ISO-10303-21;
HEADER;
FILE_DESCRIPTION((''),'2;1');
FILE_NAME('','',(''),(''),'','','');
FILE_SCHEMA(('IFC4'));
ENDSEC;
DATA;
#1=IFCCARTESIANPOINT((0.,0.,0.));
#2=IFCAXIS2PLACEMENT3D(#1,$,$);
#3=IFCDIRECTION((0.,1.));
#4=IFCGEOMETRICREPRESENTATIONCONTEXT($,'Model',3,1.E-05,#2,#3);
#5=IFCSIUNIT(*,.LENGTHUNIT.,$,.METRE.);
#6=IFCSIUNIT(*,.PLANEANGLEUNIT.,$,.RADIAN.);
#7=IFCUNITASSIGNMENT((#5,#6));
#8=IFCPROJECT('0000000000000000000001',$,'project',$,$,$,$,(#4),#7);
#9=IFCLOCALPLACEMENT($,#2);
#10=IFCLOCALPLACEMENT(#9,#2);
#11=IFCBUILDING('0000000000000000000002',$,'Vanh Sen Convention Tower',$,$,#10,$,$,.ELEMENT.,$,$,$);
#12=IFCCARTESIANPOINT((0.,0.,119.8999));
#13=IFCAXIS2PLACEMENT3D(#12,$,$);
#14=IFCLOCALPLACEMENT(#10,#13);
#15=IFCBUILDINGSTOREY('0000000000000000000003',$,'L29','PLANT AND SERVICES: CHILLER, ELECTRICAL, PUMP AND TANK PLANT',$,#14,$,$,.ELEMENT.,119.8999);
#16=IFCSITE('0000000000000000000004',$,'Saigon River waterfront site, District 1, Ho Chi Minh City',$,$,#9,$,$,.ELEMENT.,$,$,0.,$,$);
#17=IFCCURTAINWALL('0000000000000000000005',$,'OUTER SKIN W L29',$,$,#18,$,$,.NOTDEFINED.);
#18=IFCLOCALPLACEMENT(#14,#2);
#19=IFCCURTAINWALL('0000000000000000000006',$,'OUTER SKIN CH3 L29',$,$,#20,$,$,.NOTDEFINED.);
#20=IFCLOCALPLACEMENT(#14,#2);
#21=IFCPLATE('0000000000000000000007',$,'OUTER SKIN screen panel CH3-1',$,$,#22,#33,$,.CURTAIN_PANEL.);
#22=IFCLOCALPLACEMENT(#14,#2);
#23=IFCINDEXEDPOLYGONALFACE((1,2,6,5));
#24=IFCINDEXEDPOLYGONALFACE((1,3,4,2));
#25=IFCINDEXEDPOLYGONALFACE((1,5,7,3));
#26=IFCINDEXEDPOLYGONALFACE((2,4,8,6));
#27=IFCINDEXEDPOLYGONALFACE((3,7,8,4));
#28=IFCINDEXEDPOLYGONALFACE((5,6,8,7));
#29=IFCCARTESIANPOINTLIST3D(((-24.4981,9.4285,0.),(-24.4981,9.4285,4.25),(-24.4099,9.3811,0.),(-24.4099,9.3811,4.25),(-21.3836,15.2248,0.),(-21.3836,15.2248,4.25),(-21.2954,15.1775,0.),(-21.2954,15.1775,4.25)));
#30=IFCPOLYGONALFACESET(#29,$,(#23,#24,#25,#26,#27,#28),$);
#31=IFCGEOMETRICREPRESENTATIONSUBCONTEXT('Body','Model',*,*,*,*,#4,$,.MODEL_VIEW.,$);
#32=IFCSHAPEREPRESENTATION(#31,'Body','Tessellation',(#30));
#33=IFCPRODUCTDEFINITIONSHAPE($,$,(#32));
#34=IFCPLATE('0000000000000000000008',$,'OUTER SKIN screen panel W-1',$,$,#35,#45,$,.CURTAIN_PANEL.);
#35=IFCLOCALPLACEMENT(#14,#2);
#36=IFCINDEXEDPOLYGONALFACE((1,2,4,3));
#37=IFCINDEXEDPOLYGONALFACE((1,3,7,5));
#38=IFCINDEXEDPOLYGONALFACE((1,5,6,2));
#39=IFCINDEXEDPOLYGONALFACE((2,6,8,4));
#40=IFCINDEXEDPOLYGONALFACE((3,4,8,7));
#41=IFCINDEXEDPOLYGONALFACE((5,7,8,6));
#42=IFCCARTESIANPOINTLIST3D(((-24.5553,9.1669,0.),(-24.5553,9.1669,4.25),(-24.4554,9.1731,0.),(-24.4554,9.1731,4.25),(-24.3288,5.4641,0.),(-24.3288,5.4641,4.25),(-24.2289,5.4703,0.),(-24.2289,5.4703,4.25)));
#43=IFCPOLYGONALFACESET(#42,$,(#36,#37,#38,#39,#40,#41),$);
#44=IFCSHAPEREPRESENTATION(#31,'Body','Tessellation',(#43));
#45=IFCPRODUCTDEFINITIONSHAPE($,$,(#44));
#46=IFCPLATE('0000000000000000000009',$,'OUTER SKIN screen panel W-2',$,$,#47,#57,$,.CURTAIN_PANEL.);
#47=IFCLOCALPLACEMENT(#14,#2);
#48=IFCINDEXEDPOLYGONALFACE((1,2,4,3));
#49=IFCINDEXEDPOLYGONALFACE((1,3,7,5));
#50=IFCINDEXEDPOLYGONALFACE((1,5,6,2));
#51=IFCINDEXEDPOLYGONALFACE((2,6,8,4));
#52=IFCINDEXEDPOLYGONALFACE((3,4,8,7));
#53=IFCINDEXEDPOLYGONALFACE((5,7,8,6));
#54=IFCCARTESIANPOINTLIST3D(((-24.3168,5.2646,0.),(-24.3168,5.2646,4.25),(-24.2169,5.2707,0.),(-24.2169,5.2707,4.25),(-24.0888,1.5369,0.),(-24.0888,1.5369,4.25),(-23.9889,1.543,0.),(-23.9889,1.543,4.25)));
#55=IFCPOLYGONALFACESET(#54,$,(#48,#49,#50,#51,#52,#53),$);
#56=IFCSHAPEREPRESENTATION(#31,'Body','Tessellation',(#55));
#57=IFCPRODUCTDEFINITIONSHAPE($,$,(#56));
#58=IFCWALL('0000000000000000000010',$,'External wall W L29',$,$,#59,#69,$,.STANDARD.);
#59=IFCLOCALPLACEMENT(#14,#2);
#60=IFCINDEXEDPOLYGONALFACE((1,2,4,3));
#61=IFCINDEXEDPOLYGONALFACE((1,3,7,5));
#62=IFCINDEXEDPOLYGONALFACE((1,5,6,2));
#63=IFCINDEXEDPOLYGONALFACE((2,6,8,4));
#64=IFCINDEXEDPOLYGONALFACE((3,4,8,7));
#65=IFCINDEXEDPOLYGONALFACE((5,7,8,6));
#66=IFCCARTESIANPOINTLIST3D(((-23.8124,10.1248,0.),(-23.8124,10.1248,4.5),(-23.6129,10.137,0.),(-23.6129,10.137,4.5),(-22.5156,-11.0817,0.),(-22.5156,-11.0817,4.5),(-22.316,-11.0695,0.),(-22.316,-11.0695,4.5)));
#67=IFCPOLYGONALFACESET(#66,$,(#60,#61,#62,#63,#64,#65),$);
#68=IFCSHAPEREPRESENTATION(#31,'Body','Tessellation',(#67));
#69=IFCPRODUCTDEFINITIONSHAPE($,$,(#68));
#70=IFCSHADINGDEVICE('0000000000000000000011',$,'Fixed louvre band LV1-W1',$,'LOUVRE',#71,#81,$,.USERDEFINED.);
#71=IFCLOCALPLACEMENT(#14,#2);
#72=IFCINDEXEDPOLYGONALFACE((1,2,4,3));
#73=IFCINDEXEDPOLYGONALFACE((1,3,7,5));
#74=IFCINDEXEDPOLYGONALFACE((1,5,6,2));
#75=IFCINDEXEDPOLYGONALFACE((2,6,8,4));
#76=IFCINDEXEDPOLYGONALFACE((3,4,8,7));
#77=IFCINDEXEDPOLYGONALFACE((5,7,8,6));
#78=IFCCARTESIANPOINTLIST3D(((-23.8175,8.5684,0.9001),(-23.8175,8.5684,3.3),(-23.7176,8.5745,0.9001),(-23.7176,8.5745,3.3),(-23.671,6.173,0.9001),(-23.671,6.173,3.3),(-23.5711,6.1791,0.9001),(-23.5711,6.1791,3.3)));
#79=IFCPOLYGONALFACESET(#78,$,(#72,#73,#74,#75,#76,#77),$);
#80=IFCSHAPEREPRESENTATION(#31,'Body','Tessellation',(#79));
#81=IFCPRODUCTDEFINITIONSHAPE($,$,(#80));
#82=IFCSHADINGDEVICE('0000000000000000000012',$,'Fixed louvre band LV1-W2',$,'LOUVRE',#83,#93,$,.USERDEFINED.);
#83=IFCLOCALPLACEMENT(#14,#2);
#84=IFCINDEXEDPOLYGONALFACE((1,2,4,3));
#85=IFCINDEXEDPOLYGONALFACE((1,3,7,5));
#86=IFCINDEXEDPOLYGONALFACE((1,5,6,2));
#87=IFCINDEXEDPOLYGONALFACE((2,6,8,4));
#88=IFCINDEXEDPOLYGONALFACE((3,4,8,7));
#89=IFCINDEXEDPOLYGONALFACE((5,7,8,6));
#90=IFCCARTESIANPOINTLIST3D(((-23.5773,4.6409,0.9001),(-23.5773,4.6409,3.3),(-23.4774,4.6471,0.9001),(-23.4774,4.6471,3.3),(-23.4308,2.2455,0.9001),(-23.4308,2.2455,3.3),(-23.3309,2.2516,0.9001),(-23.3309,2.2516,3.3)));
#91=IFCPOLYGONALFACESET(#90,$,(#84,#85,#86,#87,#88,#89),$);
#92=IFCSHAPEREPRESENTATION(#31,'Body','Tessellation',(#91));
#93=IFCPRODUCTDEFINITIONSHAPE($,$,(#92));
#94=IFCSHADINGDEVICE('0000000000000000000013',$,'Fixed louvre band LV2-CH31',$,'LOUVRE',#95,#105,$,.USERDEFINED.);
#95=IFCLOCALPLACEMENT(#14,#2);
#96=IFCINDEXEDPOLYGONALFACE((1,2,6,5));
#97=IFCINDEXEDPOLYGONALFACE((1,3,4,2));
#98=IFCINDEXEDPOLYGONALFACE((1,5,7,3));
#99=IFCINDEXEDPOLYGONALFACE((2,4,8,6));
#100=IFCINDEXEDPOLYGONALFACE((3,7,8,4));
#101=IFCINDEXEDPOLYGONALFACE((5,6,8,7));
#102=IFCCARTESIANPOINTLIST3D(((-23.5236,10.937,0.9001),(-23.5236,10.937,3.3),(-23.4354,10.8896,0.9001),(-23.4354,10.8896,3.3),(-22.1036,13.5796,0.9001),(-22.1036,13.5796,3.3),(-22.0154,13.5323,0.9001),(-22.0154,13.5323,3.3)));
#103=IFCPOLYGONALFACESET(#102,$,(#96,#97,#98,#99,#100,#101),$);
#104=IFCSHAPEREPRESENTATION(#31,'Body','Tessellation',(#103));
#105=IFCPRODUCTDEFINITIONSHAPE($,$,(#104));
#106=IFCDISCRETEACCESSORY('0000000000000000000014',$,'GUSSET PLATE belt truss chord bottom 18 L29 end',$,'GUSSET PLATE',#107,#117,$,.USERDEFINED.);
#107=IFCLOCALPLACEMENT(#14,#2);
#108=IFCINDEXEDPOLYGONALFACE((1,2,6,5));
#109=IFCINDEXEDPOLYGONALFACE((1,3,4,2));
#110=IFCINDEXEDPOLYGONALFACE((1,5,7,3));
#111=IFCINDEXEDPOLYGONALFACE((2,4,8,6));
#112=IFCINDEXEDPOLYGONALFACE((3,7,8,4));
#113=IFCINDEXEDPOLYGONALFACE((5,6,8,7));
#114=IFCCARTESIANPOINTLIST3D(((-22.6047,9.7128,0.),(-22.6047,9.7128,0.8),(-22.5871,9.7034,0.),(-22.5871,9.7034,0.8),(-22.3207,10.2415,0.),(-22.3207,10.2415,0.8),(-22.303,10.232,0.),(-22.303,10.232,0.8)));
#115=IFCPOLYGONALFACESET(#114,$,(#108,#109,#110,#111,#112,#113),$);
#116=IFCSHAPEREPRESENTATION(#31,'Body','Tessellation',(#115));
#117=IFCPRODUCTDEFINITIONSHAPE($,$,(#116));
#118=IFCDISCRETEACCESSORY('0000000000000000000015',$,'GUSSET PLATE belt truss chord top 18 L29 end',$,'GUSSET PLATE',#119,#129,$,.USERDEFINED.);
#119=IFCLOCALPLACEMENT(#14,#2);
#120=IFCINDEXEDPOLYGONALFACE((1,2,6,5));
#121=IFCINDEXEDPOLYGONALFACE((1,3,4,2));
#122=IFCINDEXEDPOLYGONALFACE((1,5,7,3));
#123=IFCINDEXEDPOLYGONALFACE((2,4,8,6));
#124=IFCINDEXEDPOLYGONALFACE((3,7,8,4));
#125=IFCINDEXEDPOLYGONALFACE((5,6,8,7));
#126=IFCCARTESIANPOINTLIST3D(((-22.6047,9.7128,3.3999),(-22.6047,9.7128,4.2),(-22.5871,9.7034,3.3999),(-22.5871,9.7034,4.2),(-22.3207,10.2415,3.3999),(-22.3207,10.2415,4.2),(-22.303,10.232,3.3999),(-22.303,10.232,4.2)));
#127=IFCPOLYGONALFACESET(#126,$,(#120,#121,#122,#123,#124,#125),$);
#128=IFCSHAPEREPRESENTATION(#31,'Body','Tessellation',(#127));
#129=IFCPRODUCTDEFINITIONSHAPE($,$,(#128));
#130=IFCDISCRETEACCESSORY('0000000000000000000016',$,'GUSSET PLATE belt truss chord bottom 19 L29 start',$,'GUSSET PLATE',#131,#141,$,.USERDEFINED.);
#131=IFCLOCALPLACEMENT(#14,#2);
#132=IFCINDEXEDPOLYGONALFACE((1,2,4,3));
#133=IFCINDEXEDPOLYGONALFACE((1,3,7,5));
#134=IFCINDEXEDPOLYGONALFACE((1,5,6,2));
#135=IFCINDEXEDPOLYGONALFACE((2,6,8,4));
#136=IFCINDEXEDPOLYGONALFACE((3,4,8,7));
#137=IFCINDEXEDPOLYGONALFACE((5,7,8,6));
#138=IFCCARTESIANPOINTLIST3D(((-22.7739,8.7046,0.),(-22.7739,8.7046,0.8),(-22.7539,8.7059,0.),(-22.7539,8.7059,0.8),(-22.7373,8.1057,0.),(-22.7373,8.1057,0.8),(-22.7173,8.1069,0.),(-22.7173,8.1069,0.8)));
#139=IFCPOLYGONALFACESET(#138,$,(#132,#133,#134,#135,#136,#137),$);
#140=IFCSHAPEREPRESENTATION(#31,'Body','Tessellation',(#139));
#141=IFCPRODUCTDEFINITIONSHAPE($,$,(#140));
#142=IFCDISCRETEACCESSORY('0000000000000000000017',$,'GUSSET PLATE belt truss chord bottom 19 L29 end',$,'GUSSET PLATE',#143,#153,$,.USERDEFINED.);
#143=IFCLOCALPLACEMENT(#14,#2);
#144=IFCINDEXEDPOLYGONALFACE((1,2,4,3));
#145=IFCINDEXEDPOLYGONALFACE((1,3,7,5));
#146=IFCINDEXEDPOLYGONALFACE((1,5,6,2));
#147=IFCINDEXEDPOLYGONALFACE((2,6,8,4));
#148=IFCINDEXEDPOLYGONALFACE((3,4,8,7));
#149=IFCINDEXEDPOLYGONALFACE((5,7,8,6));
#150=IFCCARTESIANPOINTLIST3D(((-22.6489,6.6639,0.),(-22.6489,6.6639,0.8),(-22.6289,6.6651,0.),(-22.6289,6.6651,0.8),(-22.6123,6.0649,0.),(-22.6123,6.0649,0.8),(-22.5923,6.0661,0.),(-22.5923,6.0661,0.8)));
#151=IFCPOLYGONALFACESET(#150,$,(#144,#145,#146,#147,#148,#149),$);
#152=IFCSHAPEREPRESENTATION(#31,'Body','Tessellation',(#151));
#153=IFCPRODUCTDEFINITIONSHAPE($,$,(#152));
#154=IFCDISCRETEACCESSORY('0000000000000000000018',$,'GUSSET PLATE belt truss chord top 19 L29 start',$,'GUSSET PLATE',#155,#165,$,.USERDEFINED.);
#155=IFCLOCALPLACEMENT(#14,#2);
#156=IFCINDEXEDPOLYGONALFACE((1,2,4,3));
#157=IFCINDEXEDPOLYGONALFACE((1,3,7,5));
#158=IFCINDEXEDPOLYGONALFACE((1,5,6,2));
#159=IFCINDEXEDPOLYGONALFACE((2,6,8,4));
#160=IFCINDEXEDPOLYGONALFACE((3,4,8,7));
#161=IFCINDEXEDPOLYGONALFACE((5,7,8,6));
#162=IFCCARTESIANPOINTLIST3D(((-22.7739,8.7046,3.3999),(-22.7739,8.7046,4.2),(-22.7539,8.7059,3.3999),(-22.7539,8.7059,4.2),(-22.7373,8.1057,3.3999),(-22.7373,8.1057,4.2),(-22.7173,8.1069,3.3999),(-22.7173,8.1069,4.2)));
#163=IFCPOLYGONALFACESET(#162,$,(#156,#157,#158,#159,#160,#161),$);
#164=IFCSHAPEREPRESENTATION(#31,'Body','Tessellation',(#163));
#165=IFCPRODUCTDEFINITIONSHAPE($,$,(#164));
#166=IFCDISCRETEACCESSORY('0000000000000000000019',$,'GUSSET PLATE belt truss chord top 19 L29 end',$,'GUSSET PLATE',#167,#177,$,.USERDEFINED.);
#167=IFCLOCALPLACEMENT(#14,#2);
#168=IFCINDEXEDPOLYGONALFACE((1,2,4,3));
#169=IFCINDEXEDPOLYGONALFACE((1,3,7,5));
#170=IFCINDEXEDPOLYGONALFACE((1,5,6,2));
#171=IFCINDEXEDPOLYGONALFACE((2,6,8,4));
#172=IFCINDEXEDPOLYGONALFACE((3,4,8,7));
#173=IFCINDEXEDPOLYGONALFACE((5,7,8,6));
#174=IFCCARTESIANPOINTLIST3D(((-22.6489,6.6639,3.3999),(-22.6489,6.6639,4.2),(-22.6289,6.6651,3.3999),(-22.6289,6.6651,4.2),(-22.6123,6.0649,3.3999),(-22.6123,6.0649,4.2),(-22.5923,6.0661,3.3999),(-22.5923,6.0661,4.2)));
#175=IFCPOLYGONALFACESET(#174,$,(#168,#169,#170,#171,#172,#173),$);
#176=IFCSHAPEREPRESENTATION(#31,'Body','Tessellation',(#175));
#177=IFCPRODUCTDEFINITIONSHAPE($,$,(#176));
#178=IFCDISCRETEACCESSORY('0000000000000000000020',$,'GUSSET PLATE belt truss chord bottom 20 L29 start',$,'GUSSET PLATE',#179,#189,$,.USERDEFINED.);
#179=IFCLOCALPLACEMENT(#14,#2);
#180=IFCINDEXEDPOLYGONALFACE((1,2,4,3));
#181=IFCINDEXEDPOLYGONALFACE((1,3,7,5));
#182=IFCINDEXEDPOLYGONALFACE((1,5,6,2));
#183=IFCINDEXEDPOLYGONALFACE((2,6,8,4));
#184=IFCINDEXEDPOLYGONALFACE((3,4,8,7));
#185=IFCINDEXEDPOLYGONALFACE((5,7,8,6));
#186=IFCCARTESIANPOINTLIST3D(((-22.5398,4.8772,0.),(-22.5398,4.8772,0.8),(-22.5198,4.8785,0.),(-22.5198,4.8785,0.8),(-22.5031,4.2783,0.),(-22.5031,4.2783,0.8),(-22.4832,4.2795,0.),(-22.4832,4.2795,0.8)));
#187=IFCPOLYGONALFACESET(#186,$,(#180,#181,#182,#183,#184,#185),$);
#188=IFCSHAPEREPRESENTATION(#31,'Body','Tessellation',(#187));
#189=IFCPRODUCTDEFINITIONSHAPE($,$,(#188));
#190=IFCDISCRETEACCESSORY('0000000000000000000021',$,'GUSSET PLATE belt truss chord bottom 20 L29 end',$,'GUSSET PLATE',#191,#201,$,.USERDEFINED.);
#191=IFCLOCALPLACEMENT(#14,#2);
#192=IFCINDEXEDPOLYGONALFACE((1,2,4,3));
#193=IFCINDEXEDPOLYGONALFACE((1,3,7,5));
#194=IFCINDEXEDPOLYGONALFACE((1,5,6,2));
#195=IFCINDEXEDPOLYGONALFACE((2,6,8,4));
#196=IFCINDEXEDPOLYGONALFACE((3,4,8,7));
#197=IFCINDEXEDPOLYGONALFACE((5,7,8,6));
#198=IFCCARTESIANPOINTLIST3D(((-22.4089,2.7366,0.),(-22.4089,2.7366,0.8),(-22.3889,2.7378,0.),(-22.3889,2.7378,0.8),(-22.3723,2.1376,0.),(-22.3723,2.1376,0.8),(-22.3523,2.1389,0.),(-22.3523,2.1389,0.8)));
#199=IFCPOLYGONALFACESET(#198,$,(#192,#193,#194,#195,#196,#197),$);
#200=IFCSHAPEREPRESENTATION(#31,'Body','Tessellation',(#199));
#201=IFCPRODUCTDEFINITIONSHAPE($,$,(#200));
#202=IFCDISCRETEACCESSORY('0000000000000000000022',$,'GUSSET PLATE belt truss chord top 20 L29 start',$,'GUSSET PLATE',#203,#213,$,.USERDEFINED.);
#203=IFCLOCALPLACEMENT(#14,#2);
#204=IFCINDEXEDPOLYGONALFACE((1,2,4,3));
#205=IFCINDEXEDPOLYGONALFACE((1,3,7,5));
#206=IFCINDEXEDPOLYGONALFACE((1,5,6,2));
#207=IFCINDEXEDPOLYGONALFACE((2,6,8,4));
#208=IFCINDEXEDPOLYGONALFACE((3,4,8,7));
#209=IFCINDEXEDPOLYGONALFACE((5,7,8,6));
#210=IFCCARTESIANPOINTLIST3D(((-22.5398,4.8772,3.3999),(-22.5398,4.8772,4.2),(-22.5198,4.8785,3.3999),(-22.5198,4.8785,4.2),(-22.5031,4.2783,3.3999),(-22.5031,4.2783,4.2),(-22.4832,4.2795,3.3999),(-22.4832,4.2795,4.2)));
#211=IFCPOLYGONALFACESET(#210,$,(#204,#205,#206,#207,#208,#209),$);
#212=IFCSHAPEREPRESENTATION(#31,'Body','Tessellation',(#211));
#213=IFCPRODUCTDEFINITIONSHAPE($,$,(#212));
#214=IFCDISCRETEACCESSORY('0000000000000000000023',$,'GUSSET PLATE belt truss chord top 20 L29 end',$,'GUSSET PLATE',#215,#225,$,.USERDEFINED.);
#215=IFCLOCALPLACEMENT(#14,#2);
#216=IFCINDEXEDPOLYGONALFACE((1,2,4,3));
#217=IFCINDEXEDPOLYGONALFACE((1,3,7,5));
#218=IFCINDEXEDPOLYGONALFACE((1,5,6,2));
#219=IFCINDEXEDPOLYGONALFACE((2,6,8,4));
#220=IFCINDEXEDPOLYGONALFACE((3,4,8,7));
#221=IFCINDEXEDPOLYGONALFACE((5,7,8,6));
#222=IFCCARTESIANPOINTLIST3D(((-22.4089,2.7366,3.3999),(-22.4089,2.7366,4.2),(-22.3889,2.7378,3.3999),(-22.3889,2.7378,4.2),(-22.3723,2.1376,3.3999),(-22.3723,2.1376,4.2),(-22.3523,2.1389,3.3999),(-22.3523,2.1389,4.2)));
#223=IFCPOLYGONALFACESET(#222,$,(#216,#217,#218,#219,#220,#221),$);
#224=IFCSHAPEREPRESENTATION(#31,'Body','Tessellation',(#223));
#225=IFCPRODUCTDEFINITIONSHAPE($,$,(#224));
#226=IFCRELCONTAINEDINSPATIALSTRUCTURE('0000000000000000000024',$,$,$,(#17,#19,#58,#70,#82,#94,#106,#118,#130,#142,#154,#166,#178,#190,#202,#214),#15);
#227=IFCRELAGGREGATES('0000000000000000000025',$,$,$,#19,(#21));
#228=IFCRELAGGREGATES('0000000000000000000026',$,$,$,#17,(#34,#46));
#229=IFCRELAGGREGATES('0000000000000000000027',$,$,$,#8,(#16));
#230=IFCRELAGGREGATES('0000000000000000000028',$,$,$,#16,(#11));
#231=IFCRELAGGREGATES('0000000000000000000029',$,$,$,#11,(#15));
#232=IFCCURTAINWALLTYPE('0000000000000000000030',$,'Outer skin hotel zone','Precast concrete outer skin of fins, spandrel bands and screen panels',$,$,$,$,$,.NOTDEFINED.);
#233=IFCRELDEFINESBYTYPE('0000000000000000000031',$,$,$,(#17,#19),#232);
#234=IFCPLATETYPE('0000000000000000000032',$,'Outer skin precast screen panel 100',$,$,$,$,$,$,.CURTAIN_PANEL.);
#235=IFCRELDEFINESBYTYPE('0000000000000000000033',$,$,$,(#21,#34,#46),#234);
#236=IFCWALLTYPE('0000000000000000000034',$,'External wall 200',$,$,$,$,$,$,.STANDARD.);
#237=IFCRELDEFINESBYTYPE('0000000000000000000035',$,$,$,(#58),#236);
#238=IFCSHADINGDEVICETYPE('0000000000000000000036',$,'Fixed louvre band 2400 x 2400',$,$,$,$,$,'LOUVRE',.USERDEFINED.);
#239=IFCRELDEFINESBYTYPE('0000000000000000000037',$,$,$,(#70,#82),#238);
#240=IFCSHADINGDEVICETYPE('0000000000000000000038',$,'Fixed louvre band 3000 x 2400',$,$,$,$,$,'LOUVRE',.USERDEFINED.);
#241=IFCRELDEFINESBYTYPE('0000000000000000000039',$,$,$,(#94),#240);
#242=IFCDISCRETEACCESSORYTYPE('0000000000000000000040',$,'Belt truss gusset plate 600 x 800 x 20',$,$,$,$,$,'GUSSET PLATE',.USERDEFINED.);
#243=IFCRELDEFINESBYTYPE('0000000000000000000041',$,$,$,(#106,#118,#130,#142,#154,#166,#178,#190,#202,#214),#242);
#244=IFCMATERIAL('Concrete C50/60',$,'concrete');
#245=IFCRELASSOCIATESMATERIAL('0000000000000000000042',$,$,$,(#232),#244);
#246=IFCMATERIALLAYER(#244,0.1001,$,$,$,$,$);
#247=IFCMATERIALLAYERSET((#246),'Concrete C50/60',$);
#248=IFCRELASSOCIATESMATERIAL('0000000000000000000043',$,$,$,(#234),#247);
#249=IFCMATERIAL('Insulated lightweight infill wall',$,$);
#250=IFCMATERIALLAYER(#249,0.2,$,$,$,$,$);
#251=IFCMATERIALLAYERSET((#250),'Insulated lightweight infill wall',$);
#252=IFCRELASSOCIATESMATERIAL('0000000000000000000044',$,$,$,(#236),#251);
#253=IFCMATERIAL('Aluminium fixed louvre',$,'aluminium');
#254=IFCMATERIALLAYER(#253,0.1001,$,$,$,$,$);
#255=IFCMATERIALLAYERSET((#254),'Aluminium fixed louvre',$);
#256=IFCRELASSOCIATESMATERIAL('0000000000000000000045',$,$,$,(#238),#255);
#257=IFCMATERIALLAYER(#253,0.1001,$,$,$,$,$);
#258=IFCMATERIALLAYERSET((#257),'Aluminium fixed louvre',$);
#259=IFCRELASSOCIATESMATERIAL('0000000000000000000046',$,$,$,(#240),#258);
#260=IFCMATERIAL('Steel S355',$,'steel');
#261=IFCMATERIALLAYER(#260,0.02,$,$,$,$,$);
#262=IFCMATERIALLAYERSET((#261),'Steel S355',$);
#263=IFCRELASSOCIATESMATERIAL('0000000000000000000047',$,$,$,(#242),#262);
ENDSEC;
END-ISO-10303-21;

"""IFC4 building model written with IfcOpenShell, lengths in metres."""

from ifc_helpers import new_model, si_unit, direction, frame, frame_2d, origin, origin_2d, place, context, subcontext, project, spatial, rectangle, extrude, material, layer, layer_set, type_object, element, aggregate, save


model = new_model("IFC4")

# Units and contexts
model_context = context("Model", 3, precision=1e-05, world=origin(), true_north=direction((0.0, 1.0)))
body_context = subcontext(model_context, "Body", "Model", "MODEL_VIEW")
ifc_project = project(units=[si_unit("LENGTHUNIT", "METRE"), si_unit("PLANEANGLEUNIT", "RADIAN")], contexts=[model_context])

# Site, building, storey
site_placement = place(None, origin())
site = spatial("IfcSite", under=ifc_project, at=site_placement, Name="Saigon River waterfront site, District 1, Ho Chi Minh City", CompositionType="ELEMENT", RefElevation=0.0)
building_placement = place(site_placement, origin())
building = spatial("IfcBuilding", under=site, at=building_placement, Name="Vanh Sen Convention Tower", CompositionType="ELEMENT")
storey_placement = place(building_placement, frame((0.0, 0.0, 119.8999)))
storey = spatial("IfcBuildingStorey", under=building, at=storey_placement, Name="L29", Description="PLANT AND SERVICES: CHILLER, ELECTRICAL, PUMP AND TANK PLANT", CompositionType="ELEMENT", Elevation=119.8999)

# Shared definitions
ifc_material_1 = material(Name="Steel S355", Category="steel")

# Curtain wall
ifc_material_2 = material(Name="Concrete C50/60", Category="concrete")
curtain_wall_type = type_object("IfcCurtainWallType", Name="Outer skin hotel zone", Description="Precast concrete outer skin of fins, spandrel bands and screen panels", PredefinedType="NOTDEFINED", material=ifc_material_2)
curtain_wall_1_placement = place(storey_placement, origin())
curtain_wall_1 = element("IfcCurtainWall", 1, at=curtain_wall_1_placement, inside=storey, type_object=curtain_wall_type, Name="OUTER SKIN W L29", PredefinedType="NOTDEFINED")

# Curtain wall, plate
curtain_wall_2_placement = place(storey_placement, origin())
curtain_wall_2 = element("IfcCurtainWall", 2, at=curtain_wall_2_placement, inside=storey, type_object=curtain_wall_type, Name="OUTER SKIN CH3 L29", PredefinedType="NOTDEFINED")
ifc_layer_1 = layer(ifc_material_2, 0.1001)
ifc_layer_set_1 = layer_set([ifc_layer_1], Name="Concrete C50/60")
plate_type = type_object("IfcPlateType", Name="Outer skin precast screen panel 100", PredefinedType="CURTAIN_PANEL", material=ifc_layer_set_1)
plate_1_placement = place(storey_placement, frame((-22.8967, 12.303, 0.0), z_axis=(0.0, 0.0, 1.0), x_axis=(-0.473318, -0.880892, 0.0)))
plate_1 = element("IfcPlate", 3, at=plate_1_placement, type_object=plate_type, Name="OUTER SKIN screen panel CH3-1", PredefinedType="CURTAIN_PANEL", context=body_context, shape_type="SweptSolid", body=[
    extrude(rectangle(XDim=6.5801, YDim=0.1001, at=origin_2d()), origin(), (0.0, 0.0, 1.0), 4.25),
])
aggregate(curtain_wall_2, [plate_1])

# Plates
plate_2_placement = place(storey_placement, frame((-24.3921, 7.3186, 0.0), z_axis=(0.0, 0.0, 1.0), x_axis=(0.061047, -0.998135, 0.0)))
plate_2 = element("IfcPlate", 4, at=plate_2_placement, type_object=plate_type, Name="OUTER SKIN screen panel W-1", PredefinedType="CURTAIN_PANEL", context=body_context, shape_type="SweptSolid", body=[
    extrude(rectangle(XDim=3.7097, YDim=0.1001, at=origin_2d()), origin(), (0.0, 0.0, 1.0), 4.25),
])
plate_3_placement = place(storey_placement, frame((-24.1528, 3.4038, 0.0), z_axis=(0.0, 0.0, 1.0), x_axis=(0.061049, -0.998135, 0.0)))
plate_3 = element("IfcPlate", 5, at=plate_3_placement, type_object=plate_type, Name="OUTER SKIN screen panel W-2", PredefinedType="CURTAIN_PANEL", context=body_context, shape_type="SweptSolid", body=[
    extrude(rectangle(XDim=3.7346, YDim=0.1001, at=origin_2d()), origin(), (0.0, 0.0, 1.0), 4.25),
])
aggregate(curtain_wall_1, [plate_2, plate_3])

# Wall
ifc_material_3 = material(Name="Insulated lightweight infill wall")
ifc_layer_2 = layer(ifc_material_3, 0.2)
ifc_layer_set_2 = layer_set([ifc_layer_2], Name="Insulated lightweight infill wall")
wall_type = type_object("IfcWallType", Name="External wall 200", PredefinedType="STANDARD", material=ifc_layer_set_2)
wall_placement = place(storey_placement, frame((-23.7126, 10.1309, 0.0), z_axis=(0.0, 0.0, 1.0), x_axis=(0.06104, -0.998135, 0.0)))
element("IfcWall", 6, at=wall_placement, inside=storey, type_object=wall_type, Name="External wall W L29", PredefinedType="STANDARD", context=body_context, shape_type="SweptSolid", body=[
    extrude(rectangle(XDim=21.2461, YDim=0.2, at=frame_2d((10.623, 0.0))), origin(), (0.0, 0.0, 1.0), 4.5),
])

# Shading devices
ifc_material_4 = material(Name="Aluminium fixed louvre", Category="aluminium")
ifc_layer_3 = layer(ifc_material_4, 0.1001)
ifc_layer_set_3 = layer_set([ifc_layer_3], Name="Aluminium fixed louvre")
shading_device_type_1 = type_object("IfcShadingDeviceType", Name="Fixed louvre band 2400 x 2400", ElementType="LOUVRE", PredefinedType="USERDEFINED", material=ifc_layer_set_3)
for number, where, z_axis, x_axis, name in (
    (7, (-23.6943, 7.3738, 0.9001), (0.0, 0.0, 1.0), (0.061049, -0.998135, 0.0), "Fixed louvre band LV1-W1"),
    (8, (-23.4541, 3.4463, 0.9001), (0.0, 0.0, 1.0), (0.061049, -0.998135, 0.0), "Fixed louvre band LV1-W2"),
):
    element("IfcShadingDevice", number, at=place(storey_placement, frame(where, z_axis=z_axis, x_axis=x_axis)), inside=storey, type_object=shading_device_type_1, Name=name, ObjectType="LOUVRE", PredefinedType="USERDEFINED", context=body_context, shape_type="SweptSolid", body=[
        extrude(rectangle(XDim=2.3999, YDim=0.1001, at=origin_2d()), origin(), (0.0, 0.0, 1.0), 2.3999),
    ])
ifc_layer_4 = layer(ifc_material_4, 0.1001)
ifc_layer_set_4 = layer_set([ifc_layer_4], Name="Aluminium fixed louvre")
shading_device_type_2 = type_object("IfcShadingDeviceType", Name="Fixed louvre band 3000 x 2400", ElementType="LOUVRE", PredefinedType="USERDEFINED", material=ifc_layer_set_4)
shading_device_placement = place(storey_placement, frame((-22.7695, 12.2346, 0.9001), z_axis=(0.0, 0.0, 1.0), x_axis=(-0.473334, -0.880883, 0.0)))
element("IfcShadingDevice", 9, at=shading_device_placement, inside=storey, type_object=shading_device_type_2, Name="Fixed louvre band LV2-CH31", ObjectType="LOUVRE", PredefinedType="USERDEFINED", context=body_context, shape_type="SweptSolid", body=[
    extrude(rectangle(XDim=3.0, YDim=0.1001, at=origin_2d()), origin(), (0.0, 0.0, 1.0), 2.3999),
])

# Discrete accessories
ifc_layer_5 = layer(ifc_material_1, 0.02)
ifc_layer_set_5 = layer_set([ifc_layer_5], Name="Steel S355")
discrete_accessory_type_1 = type_object("IfcDiscreteAccessoryType", Name="Belt truss gusset plate 600 x 800 x 20", ElementType="GUSSET PLATE", PredefinedType="USERDEFINED", material=ifc_layer_set_5)
for number, where, z_axis, x_axis, name in (
    (10, (-22.4539, 9.9724, 0.0), (0.0, 0.0, 1.0), (0.473317, 0.880892, 0.0), "GUSSET PLATE belt truss chord bottom 18 L29 end"),
    (11, (-22.4539, 9.9724, 3.3999), (0.0, 0.0, 1.0), (0.473317, 0.880892, 0.0), "GUSSET PLATE belt truss chord top 18 L29 end"),
    (12, (-22.7456, 8.4058, 0.0), (0.0, 0.0, 1.0), (0.061047, -0.998135, 0.0), "GUSSET PLATE belt truss chord bottom 19 L29 start"),
    (13, (-22.6206, 6.365, 0.0), (0.0, 0.0, 1.0), (-0.061047, 0.998135, 0.0), "GUSSET PLATE belt truss chord bottom 19 L29 end"),
    (14, (-22.7456, 8.4058, 3.3999), (0.0, 0.0, 1.0), (0.061047, -0.998135, 0.0), "GUSSET PLATE belt truss chord top 19 L29 start"),
    (15, (-22.6206, 6.365, 3.3999), (0.0, 0.0, 1.0), (-0.061047, 0.998135, 0.0), "GUSSET PLATE belt truss chord top 19 L29 end"),
    (16, (-22.5115, 4.5784, 0.0), (0.0, 0.0, 1.0), (0.061049, -0.998135, 0.0), "GUSSET PLATE belt truss chord bottom 20 L29 start"),
    (17, (-22.3806, 2.4377, 0.0), (0.0, 0.0, 1.0), (-0.061049, 0.998135, 0.0), "GUSSET PLATE belt truss chord bottom 20 L29 end"),
    (18, (-22.5115, 4.5784, 3.3999), (0.0, 0.0, 1.0), (0.061049, -0.998135, 0.0), "GUSSET PLATE belt truss chord top 20 L29 start"),
    (19, (-22.3806, 2.4377, 3.3999), (0.0, 0.0, 1.0), (-0.061049, 0.998135, 0.0), "GUSSET PLATE belt truss chord top 20 L29 end"),
):
    element("IfcDiscreteAccessory", number, at=place(storey_placement, frame(where, z_axis=z_axis, x_axis=x_axis)), inside=storey, type_object=discrete_accessory_type_1, Name=name, ObjectType="GUSSET PLATE", PredefinedType="USERDEFINED", context=body_context, shape_type="SweptSolid", body=[
        extrude(rectangle(XDim=0.6001, YDim=0.02, at=origin_2d()), origin(), (0.0, 0.0, 1.0), 0.8),
    ])

save(model, "model.ifc")
